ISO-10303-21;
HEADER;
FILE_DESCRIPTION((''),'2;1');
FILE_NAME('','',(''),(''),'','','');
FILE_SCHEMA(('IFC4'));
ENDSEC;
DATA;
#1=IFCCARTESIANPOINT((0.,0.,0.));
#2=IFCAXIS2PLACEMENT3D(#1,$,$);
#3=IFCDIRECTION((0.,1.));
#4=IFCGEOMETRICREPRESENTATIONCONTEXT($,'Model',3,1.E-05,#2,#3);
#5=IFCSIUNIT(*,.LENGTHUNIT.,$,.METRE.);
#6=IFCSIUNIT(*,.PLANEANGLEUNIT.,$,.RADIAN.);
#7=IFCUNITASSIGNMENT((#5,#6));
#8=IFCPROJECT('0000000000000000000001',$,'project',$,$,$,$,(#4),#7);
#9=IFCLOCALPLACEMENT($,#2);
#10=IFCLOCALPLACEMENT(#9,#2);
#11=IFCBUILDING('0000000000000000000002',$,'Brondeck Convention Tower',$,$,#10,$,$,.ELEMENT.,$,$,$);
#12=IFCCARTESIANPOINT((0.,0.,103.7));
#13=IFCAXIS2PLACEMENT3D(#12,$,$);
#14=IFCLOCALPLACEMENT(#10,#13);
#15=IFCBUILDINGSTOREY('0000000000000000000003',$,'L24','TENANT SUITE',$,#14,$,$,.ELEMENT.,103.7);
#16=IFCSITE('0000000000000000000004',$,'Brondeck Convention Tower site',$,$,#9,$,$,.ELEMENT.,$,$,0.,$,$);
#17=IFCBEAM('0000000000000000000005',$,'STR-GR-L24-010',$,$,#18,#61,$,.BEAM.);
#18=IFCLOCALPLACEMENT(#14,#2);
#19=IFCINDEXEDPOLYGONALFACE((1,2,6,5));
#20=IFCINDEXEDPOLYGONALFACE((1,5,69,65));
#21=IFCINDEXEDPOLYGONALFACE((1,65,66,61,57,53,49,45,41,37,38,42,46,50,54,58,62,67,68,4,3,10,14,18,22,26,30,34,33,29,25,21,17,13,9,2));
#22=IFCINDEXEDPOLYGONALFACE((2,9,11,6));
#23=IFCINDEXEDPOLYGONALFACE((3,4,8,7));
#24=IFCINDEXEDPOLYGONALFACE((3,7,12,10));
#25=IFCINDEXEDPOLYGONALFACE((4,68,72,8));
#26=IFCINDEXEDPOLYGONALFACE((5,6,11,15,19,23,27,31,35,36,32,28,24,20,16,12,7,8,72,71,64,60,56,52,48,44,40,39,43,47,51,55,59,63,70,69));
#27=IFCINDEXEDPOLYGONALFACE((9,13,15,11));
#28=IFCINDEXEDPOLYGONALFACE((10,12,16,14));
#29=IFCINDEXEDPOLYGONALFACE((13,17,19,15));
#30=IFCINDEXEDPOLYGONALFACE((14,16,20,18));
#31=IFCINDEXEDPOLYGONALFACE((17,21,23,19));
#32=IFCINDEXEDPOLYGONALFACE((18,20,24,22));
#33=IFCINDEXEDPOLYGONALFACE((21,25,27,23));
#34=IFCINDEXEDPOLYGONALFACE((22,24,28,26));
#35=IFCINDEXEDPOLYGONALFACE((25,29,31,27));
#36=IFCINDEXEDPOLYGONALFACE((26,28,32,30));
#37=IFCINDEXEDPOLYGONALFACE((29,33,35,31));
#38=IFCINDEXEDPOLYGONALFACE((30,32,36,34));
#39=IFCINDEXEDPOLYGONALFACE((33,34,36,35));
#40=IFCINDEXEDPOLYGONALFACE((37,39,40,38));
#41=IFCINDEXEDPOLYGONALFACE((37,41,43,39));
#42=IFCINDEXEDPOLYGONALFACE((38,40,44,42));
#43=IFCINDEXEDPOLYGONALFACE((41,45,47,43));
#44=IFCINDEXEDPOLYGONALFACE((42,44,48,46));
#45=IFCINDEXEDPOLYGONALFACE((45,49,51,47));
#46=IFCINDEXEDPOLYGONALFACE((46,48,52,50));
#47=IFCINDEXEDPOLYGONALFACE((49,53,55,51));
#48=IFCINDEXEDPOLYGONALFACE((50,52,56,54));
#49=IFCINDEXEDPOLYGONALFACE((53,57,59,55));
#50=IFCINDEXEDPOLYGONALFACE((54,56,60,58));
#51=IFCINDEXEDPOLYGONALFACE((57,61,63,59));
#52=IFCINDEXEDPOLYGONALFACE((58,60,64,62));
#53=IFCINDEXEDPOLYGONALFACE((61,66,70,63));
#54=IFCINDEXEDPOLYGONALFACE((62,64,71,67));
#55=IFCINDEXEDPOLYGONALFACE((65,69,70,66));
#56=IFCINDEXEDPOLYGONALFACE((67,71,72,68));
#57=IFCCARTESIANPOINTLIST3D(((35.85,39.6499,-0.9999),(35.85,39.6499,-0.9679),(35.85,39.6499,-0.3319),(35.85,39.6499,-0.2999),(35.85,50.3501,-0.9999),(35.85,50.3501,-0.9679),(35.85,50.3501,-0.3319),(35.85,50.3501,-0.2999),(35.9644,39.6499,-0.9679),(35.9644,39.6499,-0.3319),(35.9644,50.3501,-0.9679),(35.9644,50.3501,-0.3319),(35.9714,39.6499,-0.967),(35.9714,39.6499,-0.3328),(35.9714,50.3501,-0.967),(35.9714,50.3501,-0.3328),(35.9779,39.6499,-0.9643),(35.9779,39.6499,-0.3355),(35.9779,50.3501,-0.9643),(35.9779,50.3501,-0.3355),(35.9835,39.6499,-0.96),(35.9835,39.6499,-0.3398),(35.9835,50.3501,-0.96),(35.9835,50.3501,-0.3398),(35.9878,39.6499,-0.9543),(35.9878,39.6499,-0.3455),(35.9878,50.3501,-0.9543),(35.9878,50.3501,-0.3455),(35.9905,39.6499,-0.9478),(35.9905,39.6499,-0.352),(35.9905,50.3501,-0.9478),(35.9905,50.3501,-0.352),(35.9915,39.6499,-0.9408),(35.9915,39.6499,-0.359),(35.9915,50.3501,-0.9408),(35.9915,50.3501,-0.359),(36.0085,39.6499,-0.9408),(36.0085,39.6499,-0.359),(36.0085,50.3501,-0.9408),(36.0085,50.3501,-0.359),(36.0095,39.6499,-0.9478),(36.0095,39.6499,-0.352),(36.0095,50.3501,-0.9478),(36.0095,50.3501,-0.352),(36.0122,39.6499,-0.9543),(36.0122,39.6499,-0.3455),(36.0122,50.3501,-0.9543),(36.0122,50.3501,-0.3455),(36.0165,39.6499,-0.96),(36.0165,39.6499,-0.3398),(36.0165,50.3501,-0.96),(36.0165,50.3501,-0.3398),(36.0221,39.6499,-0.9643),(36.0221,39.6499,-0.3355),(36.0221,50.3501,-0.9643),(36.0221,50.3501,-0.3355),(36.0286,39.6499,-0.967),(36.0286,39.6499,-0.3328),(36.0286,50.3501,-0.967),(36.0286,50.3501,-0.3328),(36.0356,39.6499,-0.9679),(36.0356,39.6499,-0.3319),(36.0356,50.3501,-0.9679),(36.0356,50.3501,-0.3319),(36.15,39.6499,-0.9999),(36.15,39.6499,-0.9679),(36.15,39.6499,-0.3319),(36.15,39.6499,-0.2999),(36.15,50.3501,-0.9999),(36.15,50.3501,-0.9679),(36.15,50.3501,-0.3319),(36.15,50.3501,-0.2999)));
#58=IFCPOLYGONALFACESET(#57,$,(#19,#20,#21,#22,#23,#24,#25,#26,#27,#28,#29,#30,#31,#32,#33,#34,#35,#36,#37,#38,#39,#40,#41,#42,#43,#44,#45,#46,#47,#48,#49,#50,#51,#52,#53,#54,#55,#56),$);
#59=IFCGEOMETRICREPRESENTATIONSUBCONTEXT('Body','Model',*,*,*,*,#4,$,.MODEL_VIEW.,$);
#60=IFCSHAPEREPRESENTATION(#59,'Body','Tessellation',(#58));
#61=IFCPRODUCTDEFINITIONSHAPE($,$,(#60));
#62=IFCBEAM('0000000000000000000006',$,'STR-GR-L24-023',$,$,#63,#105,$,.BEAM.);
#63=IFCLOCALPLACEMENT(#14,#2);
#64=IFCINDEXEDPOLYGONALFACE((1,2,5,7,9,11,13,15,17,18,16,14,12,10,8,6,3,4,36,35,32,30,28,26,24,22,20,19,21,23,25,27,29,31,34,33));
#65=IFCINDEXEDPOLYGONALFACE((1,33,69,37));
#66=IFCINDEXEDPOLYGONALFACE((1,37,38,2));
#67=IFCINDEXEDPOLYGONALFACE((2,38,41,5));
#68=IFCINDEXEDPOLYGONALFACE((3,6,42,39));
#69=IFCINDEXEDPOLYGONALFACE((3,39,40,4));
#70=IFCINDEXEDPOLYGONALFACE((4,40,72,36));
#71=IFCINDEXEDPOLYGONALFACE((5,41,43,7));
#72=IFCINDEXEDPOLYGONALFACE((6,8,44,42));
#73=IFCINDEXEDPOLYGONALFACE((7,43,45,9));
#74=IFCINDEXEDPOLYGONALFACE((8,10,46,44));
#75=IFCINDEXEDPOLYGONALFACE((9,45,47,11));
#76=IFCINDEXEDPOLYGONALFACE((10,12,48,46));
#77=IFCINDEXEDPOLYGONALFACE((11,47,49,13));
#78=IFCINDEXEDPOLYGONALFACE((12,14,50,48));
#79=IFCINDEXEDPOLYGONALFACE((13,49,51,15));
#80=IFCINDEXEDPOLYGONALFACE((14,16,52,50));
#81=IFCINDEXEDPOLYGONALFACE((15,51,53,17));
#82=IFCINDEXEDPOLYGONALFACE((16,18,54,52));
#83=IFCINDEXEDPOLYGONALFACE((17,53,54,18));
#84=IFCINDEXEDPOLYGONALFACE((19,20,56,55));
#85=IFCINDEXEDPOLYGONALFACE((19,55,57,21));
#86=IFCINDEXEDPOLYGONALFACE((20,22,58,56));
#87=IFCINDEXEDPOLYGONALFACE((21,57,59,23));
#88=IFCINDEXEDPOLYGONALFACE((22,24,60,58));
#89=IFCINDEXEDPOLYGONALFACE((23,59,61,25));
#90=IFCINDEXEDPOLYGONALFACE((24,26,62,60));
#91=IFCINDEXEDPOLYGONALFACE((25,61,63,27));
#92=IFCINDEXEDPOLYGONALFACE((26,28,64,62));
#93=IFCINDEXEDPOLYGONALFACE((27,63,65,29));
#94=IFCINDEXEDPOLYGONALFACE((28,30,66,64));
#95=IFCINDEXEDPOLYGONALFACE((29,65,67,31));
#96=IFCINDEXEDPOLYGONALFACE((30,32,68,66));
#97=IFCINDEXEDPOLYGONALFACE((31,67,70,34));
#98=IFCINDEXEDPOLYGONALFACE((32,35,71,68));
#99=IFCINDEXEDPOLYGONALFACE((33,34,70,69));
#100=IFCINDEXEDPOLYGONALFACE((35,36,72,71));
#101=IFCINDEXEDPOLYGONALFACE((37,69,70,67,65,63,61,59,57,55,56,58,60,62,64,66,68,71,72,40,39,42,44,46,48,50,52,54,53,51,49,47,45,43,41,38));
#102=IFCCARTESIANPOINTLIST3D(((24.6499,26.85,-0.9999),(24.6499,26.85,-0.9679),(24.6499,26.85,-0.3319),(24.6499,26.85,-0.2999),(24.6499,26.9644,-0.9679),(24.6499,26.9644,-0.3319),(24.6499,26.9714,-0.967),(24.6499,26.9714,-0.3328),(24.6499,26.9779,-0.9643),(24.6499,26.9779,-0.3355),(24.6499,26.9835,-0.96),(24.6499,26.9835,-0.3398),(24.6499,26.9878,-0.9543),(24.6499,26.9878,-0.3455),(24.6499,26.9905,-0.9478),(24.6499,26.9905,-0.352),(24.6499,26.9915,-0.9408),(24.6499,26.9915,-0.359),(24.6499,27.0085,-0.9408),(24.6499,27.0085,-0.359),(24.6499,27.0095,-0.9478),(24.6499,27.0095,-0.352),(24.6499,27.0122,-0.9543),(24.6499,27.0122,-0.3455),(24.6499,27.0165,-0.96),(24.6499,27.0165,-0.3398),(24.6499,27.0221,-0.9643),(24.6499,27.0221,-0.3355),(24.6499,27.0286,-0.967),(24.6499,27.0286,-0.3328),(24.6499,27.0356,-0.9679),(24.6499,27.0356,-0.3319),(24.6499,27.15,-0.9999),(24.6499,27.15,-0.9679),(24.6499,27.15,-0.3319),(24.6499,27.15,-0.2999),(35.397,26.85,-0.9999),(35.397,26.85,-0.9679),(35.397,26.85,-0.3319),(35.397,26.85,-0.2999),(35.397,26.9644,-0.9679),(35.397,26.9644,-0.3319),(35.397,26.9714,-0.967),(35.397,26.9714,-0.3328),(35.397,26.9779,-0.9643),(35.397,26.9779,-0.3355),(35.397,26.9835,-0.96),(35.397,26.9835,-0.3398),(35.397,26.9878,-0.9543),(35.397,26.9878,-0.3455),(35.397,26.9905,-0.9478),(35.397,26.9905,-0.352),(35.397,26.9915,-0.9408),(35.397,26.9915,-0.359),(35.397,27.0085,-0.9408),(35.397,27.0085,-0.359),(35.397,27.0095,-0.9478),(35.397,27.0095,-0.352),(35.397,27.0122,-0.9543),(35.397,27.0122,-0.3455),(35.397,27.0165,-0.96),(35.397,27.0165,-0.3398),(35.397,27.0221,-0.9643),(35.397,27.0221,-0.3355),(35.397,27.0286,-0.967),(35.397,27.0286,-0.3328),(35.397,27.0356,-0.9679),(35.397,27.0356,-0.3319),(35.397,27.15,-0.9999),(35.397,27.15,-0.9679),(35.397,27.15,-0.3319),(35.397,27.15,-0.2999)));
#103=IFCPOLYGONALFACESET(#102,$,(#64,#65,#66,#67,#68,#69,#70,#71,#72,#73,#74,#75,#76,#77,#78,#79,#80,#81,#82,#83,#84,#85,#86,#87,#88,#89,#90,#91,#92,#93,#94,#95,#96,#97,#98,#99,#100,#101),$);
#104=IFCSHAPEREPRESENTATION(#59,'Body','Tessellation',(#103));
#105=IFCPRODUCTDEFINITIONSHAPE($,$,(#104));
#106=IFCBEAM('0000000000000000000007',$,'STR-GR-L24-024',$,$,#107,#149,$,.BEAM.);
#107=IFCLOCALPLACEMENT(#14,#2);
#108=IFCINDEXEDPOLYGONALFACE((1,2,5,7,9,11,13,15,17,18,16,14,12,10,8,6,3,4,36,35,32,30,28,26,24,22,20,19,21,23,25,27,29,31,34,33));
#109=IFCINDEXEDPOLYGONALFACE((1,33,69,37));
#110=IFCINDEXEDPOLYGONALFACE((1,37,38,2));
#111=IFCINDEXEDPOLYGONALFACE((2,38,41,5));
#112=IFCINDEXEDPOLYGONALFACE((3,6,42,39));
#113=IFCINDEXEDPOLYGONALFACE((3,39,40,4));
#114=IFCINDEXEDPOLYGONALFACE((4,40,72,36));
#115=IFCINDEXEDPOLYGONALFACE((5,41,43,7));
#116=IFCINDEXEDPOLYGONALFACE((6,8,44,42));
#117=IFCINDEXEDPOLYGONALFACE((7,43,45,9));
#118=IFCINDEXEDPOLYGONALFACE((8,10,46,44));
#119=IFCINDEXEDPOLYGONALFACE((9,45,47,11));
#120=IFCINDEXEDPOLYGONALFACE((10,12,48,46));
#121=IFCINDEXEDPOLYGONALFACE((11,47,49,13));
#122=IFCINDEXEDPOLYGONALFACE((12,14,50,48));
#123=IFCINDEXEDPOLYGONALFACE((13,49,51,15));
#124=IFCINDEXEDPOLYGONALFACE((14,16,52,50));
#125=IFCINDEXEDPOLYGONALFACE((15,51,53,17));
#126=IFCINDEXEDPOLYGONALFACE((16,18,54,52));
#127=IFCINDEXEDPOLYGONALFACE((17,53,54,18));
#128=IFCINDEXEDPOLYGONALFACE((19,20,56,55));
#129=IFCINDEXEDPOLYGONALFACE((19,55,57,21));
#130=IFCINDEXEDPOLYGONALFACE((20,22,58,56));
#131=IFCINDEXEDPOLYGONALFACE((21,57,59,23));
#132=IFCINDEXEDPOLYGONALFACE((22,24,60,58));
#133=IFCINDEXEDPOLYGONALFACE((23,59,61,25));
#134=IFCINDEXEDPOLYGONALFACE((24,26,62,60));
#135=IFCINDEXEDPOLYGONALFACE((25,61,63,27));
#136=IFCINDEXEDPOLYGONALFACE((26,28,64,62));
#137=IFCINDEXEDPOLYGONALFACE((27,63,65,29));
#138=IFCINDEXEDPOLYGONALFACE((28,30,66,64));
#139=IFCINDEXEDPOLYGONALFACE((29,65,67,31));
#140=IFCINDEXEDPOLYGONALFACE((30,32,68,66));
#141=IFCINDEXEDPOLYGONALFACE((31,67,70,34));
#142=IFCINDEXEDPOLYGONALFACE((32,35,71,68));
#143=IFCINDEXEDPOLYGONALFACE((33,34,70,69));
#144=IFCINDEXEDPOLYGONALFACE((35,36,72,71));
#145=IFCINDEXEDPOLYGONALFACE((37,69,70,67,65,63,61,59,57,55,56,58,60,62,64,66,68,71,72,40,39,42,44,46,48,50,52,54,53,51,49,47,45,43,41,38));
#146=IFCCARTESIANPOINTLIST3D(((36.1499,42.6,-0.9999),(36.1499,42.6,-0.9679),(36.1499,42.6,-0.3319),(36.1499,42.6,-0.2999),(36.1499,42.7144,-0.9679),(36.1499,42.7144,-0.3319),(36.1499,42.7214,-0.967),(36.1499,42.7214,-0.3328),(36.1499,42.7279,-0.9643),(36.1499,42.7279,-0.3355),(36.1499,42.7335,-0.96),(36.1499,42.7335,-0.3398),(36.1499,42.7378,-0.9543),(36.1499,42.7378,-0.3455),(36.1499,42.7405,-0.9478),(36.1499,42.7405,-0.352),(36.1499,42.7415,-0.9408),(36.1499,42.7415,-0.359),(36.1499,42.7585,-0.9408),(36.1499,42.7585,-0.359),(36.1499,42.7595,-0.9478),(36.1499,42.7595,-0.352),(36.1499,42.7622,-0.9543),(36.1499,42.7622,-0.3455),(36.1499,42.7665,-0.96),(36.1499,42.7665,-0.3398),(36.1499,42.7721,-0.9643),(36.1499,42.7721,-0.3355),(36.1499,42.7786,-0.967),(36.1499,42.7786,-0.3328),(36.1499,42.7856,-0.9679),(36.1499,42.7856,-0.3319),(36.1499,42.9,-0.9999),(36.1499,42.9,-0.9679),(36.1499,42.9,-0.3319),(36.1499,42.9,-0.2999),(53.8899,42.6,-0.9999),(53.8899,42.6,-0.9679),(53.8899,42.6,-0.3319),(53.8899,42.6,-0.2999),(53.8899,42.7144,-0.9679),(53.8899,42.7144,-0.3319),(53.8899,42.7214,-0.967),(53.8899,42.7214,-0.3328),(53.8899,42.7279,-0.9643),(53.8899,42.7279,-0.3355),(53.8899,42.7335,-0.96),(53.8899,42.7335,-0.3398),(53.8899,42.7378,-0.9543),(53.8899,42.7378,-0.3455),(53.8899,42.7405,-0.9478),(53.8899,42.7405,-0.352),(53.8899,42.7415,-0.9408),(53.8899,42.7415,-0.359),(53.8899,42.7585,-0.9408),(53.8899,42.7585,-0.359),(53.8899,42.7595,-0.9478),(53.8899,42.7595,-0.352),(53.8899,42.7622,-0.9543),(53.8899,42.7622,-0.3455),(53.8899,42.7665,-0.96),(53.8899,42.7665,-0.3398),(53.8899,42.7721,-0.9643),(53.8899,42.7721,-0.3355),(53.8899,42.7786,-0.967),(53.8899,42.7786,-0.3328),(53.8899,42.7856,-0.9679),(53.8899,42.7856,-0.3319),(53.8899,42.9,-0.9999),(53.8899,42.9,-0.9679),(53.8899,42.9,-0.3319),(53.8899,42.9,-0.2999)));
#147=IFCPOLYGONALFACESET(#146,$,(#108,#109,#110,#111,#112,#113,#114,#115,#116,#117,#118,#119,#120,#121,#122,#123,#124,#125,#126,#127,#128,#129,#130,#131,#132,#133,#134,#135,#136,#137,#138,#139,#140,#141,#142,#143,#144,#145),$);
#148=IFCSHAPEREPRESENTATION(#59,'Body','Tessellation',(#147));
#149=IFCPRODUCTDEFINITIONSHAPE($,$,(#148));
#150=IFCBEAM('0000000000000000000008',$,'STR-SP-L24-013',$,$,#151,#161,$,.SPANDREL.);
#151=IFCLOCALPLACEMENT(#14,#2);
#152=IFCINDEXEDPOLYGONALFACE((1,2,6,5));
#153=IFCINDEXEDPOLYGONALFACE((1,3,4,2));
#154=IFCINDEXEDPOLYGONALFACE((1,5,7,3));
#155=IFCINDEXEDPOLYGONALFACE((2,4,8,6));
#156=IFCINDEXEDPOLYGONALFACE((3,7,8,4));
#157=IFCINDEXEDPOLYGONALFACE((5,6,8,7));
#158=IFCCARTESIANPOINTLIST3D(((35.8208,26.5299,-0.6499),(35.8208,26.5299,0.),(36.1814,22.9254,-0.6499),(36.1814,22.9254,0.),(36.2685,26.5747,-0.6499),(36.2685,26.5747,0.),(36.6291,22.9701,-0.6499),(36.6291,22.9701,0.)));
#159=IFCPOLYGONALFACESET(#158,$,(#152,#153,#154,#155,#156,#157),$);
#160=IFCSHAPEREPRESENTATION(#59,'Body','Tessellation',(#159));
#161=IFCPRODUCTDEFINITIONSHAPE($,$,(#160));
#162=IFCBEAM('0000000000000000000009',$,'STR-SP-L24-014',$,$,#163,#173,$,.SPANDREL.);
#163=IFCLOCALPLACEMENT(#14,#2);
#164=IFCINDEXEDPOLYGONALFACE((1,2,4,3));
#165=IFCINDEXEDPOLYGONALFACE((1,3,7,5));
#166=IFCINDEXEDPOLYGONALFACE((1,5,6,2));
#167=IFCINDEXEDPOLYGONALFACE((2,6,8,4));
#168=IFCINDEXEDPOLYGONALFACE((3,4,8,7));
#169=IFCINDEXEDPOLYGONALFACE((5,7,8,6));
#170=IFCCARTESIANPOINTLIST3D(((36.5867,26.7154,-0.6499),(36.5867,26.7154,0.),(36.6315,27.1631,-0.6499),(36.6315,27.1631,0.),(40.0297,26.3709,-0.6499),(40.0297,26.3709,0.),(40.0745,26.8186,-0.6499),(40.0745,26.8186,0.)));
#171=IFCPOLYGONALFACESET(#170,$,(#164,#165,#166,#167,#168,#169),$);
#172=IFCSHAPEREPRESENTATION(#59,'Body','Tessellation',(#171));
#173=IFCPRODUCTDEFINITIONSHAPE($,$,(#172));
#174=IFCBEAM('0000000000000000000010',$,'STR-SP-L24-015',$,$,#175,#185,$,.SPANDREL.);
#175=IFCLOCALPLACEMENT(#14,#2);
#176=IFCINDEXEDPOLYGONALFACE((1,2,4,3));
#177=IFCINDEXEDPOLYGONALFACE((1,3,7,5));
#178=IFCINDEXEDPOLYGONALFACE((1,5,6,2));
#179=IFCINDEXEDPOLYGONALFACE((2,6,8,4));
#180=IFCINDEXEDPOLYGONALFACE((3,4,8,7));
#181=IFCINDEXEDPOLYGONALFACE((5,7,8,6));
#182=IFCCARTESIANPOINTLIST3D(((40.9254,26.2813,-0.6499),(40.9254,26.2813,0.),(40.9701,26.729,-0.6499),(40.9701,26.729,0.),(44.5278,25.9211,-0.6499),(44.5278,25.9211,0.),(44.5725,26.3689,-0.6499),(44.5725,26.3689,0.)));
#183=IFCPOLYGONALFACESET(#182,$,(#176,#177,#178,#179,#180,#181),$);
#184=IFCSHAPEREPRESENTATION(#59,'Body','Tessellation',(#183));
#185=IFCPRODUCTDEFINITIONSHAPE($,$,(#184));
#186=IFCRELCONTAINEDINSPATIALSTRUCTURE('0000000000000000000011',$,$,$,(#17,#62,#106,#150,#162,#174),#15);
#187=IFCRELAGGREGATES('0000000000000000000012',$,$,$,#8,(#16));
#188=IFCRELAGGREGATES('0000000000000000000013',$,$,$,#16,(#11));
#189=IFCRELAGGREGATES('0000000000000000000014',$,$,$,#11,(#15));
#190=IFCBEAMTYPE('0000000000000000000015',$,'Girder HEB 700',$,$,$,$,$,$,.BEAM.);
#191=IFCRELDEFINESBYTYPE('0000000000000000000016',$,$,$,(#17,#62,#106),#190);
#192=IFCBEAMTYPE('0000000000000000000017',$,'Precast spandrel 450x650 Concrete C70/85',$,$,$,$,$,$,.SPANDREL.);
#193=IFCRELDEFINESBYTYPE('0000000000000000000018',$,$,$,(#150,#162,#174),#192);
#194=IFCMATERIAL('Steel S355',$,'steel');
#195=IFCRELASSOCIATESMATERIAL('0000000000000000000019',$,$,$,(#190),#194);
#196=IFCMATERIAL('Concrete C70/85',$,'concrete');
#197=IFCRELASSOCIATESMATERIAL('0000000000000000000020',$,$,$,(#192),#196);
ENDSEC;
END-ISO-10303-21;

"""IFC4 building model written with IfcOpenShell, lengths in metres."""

from ifc_helpers import new_model, si_unit, direction, frame, origin, origin_2d, place, context, subcontext, project, spatial, rectangle, i_section, extrude, material, material_profile, profile_set, type_object, element, save


model = new_model("IFC4")

# Units and contexts
model_context = context("Model", 3, precision=1e-05, world=origin(), true_north=direction((0.0, 1.0)))
body_context = subcontext(model_context, "Body", "Model", "MODEL_VIEW")
ifc_project = project(units=[si_unit("LENGTHUNIT", "METRE"), si_unit("PLANEANGLEUNIT", "RADIAN")], contexts=[model_context])

# Site, building, storey
site_placement = place(None, origin())
site = spatial("IfcSite", under=ifc_project, at=site_placement, Name="Brondeck Convention Tower site", CompositionType="ELEMENT", RefElevation=0.0)
building_placement = place(site_placement, origin())
building = spatial("IfcBuilding", under=site, at=building_placement, Name="Brondeck Convention Tower", CompositionType="ELEMENT")
storey_placement = place(building_placement, frame((0.0, 0.0, 103.7)))
storey = spatial("IfcBuildingStorey", under=building, at=storey_placement, Name="L24", Description="TENANT SUITE", CompositionType="ELEMENT", Elevation=103.7)

# Shared definitions
ifc_material_1 = material(Name="Concrete C70/85", Category="concrete")

# Beams
ifc_material_2 = material(Name="Steel S355", Category="steel")
ifc_material_profile_1 = material_profile(ifc_material_2, i_section(OverallWidth=0.3, OverallDepth=0.7, WebThickness=0.0171, FlangeThickness=0.032, FilletRadius=0.0271, at=origin_2d()), Name="HEB 700")
ifc_profile_set_1 = profile_set([ifc_material_profile_1], Name="Steel S355")
beam_type_1 = type_object("IfcBeamType", Name="Girder HEB 700", PredefinedType="BEAM", material=ifc_profile_set_1)
beam_1_placement = place(storey_placement, frame((36.0, 39.6499, -0.6499), z_axis=(0.0, 1.0, 0.0), x_axis=(-1.0, 0.0, 0.0)))
element("IfcBeam", 1, at=beam_1_placement, inside=storey, type_object=beam_type_1, Name="STR-GR-L24-010", PredefinedType="BEAM", context=body_context, shape_type="SweptSolid", body=[
    extrude(i_section(OverallWidth=0.3, OverallDepth=0.7, WebThickness=0.0171, FlangeThickness=0.032, FilletRadius=0.0271, at=origin_2d()), origin(), (0.0, 0.0, 1.0), 10.7002),
])
beam_2_placement = place(storey_placement, frame((24.6499, 27.0, -0.6499), z_axis=(1.0, 0.0, 0.0), x_axis=(0.0, 1.0, 0.0)))
element("IfcBeam", 2, at=beam_2_placement, inside=storey, type_object=beam_type_1, Name="STR-GR-L24-023", PredefinedType="BEAM", context=body_context, shape_type="SweptSolid", body=[
    extrude(i_section(OverallWidth=0.3, OverallDepth=0.7, WebThickness=0.0171, FlangeThickness=0.032, FilletRadius=0.0271, at=origin_2d()), origin(), (0.0, 0.0, 1.0), 10.7471),
])
beam_3_placement = place(storey_placement, frame((36.1499, 42.75, -0.6499), z_axis=(1.0, 0.0, 0.0), x_axis=(0.0, 1.0, 0.0)))
element("IfcBeam", 3, at=beam_3_placement, inside=storey, type_object=beam_type_1, Name="STR-GR-L24-024", PredefinedType="BEAM", context=body_context, shape_type="SweptSolid", body=[
    extrude(i_section(OverallWidth=0.3, OverallDepth=0.7, WebThickness=0.0171, FlangeThickness=0.032, FilletRadius=0.0271, at=origin_2d()), origin(), (0.0, 0.0, 1.0), 17.74),
])
ifc_material_profile_2 = material_profile(ifc_material_1, rectangle(XDim=0.45, YDim=0.6499, at=origin_2d()), Name="Precast spandrel 450x650 Concrete C70/85")
ifc_profile_set_2 = profile_set([ifc_material_profile_2], Name="Concrete C70/85")
beam_type_2 = type_object("IfcBeamType", Name="Precast spandrel 450x650 Concrete C70/85", PredefinedType="SPANDREL", material=ifc_profile_set_2)
beam_4_placement = place(storey_placement, frame((36.4053, 22.9478, -0.325), z_axis=(-0.099544, 0.995033, 0.0), x_axis=(-0.995033, -0.099544, 0.0)))
element("IfcBeam", 4, at=beam_4_placement, inside=storey, type_object=beam_type_2, Name="STR-SP-L24-013", PredefinedType="SPANDREL", context=body_context, shape_type="SweptSolid", body=[
    extrude(rectangle(XDim=0.45, YDim=0.6499, at=origin_2d()), origin(), (0.0, 0.0, 1.0), 3.6226),
])
beam_5_placement = place(storey_placement, frame((36.6091, 26.9392, -0.325), z_axis=(0.995032, -0.099553, 0.0), x_axis=(0.099553, 0.995032, 0.0)))
element("IfcBeam", 5, at=beam_5_placement, inside=storey, type_object=beam_type_2, Name="STR-SP-L24-014", PredefinedType="SPANDREL", context=body_context, shape_type="SweptSolid", body=[
    extrude(rectangle(XDim=0.45, YDim=0.6499, at=origin_2d()), origin(), (0.0, 0.0, 1.0), 3.4602),
])
beam_6_placement = place(storey_placement, frame((40.9478, 26.5051, -0.325), z_axis=(0.995041, -0.09947, 0.0), x_axis=(0.09947, 0.995041, 0.0)))
element("IfcBeam", 6, at=beam_6_placement, inside=storey, type_object=beam_type_2, Name="STR-SP-L24-015", PredefinedType="SPANDREL", context=body_context, shape_type="SweptSolid", body=[
    extrude(rectangle(XDim=0.45, YDim=0.6499, at=origin_2d()), origin(), (0.0, 0.0, 1.0), 3.6204),
])

save(model, "model.ifc")
